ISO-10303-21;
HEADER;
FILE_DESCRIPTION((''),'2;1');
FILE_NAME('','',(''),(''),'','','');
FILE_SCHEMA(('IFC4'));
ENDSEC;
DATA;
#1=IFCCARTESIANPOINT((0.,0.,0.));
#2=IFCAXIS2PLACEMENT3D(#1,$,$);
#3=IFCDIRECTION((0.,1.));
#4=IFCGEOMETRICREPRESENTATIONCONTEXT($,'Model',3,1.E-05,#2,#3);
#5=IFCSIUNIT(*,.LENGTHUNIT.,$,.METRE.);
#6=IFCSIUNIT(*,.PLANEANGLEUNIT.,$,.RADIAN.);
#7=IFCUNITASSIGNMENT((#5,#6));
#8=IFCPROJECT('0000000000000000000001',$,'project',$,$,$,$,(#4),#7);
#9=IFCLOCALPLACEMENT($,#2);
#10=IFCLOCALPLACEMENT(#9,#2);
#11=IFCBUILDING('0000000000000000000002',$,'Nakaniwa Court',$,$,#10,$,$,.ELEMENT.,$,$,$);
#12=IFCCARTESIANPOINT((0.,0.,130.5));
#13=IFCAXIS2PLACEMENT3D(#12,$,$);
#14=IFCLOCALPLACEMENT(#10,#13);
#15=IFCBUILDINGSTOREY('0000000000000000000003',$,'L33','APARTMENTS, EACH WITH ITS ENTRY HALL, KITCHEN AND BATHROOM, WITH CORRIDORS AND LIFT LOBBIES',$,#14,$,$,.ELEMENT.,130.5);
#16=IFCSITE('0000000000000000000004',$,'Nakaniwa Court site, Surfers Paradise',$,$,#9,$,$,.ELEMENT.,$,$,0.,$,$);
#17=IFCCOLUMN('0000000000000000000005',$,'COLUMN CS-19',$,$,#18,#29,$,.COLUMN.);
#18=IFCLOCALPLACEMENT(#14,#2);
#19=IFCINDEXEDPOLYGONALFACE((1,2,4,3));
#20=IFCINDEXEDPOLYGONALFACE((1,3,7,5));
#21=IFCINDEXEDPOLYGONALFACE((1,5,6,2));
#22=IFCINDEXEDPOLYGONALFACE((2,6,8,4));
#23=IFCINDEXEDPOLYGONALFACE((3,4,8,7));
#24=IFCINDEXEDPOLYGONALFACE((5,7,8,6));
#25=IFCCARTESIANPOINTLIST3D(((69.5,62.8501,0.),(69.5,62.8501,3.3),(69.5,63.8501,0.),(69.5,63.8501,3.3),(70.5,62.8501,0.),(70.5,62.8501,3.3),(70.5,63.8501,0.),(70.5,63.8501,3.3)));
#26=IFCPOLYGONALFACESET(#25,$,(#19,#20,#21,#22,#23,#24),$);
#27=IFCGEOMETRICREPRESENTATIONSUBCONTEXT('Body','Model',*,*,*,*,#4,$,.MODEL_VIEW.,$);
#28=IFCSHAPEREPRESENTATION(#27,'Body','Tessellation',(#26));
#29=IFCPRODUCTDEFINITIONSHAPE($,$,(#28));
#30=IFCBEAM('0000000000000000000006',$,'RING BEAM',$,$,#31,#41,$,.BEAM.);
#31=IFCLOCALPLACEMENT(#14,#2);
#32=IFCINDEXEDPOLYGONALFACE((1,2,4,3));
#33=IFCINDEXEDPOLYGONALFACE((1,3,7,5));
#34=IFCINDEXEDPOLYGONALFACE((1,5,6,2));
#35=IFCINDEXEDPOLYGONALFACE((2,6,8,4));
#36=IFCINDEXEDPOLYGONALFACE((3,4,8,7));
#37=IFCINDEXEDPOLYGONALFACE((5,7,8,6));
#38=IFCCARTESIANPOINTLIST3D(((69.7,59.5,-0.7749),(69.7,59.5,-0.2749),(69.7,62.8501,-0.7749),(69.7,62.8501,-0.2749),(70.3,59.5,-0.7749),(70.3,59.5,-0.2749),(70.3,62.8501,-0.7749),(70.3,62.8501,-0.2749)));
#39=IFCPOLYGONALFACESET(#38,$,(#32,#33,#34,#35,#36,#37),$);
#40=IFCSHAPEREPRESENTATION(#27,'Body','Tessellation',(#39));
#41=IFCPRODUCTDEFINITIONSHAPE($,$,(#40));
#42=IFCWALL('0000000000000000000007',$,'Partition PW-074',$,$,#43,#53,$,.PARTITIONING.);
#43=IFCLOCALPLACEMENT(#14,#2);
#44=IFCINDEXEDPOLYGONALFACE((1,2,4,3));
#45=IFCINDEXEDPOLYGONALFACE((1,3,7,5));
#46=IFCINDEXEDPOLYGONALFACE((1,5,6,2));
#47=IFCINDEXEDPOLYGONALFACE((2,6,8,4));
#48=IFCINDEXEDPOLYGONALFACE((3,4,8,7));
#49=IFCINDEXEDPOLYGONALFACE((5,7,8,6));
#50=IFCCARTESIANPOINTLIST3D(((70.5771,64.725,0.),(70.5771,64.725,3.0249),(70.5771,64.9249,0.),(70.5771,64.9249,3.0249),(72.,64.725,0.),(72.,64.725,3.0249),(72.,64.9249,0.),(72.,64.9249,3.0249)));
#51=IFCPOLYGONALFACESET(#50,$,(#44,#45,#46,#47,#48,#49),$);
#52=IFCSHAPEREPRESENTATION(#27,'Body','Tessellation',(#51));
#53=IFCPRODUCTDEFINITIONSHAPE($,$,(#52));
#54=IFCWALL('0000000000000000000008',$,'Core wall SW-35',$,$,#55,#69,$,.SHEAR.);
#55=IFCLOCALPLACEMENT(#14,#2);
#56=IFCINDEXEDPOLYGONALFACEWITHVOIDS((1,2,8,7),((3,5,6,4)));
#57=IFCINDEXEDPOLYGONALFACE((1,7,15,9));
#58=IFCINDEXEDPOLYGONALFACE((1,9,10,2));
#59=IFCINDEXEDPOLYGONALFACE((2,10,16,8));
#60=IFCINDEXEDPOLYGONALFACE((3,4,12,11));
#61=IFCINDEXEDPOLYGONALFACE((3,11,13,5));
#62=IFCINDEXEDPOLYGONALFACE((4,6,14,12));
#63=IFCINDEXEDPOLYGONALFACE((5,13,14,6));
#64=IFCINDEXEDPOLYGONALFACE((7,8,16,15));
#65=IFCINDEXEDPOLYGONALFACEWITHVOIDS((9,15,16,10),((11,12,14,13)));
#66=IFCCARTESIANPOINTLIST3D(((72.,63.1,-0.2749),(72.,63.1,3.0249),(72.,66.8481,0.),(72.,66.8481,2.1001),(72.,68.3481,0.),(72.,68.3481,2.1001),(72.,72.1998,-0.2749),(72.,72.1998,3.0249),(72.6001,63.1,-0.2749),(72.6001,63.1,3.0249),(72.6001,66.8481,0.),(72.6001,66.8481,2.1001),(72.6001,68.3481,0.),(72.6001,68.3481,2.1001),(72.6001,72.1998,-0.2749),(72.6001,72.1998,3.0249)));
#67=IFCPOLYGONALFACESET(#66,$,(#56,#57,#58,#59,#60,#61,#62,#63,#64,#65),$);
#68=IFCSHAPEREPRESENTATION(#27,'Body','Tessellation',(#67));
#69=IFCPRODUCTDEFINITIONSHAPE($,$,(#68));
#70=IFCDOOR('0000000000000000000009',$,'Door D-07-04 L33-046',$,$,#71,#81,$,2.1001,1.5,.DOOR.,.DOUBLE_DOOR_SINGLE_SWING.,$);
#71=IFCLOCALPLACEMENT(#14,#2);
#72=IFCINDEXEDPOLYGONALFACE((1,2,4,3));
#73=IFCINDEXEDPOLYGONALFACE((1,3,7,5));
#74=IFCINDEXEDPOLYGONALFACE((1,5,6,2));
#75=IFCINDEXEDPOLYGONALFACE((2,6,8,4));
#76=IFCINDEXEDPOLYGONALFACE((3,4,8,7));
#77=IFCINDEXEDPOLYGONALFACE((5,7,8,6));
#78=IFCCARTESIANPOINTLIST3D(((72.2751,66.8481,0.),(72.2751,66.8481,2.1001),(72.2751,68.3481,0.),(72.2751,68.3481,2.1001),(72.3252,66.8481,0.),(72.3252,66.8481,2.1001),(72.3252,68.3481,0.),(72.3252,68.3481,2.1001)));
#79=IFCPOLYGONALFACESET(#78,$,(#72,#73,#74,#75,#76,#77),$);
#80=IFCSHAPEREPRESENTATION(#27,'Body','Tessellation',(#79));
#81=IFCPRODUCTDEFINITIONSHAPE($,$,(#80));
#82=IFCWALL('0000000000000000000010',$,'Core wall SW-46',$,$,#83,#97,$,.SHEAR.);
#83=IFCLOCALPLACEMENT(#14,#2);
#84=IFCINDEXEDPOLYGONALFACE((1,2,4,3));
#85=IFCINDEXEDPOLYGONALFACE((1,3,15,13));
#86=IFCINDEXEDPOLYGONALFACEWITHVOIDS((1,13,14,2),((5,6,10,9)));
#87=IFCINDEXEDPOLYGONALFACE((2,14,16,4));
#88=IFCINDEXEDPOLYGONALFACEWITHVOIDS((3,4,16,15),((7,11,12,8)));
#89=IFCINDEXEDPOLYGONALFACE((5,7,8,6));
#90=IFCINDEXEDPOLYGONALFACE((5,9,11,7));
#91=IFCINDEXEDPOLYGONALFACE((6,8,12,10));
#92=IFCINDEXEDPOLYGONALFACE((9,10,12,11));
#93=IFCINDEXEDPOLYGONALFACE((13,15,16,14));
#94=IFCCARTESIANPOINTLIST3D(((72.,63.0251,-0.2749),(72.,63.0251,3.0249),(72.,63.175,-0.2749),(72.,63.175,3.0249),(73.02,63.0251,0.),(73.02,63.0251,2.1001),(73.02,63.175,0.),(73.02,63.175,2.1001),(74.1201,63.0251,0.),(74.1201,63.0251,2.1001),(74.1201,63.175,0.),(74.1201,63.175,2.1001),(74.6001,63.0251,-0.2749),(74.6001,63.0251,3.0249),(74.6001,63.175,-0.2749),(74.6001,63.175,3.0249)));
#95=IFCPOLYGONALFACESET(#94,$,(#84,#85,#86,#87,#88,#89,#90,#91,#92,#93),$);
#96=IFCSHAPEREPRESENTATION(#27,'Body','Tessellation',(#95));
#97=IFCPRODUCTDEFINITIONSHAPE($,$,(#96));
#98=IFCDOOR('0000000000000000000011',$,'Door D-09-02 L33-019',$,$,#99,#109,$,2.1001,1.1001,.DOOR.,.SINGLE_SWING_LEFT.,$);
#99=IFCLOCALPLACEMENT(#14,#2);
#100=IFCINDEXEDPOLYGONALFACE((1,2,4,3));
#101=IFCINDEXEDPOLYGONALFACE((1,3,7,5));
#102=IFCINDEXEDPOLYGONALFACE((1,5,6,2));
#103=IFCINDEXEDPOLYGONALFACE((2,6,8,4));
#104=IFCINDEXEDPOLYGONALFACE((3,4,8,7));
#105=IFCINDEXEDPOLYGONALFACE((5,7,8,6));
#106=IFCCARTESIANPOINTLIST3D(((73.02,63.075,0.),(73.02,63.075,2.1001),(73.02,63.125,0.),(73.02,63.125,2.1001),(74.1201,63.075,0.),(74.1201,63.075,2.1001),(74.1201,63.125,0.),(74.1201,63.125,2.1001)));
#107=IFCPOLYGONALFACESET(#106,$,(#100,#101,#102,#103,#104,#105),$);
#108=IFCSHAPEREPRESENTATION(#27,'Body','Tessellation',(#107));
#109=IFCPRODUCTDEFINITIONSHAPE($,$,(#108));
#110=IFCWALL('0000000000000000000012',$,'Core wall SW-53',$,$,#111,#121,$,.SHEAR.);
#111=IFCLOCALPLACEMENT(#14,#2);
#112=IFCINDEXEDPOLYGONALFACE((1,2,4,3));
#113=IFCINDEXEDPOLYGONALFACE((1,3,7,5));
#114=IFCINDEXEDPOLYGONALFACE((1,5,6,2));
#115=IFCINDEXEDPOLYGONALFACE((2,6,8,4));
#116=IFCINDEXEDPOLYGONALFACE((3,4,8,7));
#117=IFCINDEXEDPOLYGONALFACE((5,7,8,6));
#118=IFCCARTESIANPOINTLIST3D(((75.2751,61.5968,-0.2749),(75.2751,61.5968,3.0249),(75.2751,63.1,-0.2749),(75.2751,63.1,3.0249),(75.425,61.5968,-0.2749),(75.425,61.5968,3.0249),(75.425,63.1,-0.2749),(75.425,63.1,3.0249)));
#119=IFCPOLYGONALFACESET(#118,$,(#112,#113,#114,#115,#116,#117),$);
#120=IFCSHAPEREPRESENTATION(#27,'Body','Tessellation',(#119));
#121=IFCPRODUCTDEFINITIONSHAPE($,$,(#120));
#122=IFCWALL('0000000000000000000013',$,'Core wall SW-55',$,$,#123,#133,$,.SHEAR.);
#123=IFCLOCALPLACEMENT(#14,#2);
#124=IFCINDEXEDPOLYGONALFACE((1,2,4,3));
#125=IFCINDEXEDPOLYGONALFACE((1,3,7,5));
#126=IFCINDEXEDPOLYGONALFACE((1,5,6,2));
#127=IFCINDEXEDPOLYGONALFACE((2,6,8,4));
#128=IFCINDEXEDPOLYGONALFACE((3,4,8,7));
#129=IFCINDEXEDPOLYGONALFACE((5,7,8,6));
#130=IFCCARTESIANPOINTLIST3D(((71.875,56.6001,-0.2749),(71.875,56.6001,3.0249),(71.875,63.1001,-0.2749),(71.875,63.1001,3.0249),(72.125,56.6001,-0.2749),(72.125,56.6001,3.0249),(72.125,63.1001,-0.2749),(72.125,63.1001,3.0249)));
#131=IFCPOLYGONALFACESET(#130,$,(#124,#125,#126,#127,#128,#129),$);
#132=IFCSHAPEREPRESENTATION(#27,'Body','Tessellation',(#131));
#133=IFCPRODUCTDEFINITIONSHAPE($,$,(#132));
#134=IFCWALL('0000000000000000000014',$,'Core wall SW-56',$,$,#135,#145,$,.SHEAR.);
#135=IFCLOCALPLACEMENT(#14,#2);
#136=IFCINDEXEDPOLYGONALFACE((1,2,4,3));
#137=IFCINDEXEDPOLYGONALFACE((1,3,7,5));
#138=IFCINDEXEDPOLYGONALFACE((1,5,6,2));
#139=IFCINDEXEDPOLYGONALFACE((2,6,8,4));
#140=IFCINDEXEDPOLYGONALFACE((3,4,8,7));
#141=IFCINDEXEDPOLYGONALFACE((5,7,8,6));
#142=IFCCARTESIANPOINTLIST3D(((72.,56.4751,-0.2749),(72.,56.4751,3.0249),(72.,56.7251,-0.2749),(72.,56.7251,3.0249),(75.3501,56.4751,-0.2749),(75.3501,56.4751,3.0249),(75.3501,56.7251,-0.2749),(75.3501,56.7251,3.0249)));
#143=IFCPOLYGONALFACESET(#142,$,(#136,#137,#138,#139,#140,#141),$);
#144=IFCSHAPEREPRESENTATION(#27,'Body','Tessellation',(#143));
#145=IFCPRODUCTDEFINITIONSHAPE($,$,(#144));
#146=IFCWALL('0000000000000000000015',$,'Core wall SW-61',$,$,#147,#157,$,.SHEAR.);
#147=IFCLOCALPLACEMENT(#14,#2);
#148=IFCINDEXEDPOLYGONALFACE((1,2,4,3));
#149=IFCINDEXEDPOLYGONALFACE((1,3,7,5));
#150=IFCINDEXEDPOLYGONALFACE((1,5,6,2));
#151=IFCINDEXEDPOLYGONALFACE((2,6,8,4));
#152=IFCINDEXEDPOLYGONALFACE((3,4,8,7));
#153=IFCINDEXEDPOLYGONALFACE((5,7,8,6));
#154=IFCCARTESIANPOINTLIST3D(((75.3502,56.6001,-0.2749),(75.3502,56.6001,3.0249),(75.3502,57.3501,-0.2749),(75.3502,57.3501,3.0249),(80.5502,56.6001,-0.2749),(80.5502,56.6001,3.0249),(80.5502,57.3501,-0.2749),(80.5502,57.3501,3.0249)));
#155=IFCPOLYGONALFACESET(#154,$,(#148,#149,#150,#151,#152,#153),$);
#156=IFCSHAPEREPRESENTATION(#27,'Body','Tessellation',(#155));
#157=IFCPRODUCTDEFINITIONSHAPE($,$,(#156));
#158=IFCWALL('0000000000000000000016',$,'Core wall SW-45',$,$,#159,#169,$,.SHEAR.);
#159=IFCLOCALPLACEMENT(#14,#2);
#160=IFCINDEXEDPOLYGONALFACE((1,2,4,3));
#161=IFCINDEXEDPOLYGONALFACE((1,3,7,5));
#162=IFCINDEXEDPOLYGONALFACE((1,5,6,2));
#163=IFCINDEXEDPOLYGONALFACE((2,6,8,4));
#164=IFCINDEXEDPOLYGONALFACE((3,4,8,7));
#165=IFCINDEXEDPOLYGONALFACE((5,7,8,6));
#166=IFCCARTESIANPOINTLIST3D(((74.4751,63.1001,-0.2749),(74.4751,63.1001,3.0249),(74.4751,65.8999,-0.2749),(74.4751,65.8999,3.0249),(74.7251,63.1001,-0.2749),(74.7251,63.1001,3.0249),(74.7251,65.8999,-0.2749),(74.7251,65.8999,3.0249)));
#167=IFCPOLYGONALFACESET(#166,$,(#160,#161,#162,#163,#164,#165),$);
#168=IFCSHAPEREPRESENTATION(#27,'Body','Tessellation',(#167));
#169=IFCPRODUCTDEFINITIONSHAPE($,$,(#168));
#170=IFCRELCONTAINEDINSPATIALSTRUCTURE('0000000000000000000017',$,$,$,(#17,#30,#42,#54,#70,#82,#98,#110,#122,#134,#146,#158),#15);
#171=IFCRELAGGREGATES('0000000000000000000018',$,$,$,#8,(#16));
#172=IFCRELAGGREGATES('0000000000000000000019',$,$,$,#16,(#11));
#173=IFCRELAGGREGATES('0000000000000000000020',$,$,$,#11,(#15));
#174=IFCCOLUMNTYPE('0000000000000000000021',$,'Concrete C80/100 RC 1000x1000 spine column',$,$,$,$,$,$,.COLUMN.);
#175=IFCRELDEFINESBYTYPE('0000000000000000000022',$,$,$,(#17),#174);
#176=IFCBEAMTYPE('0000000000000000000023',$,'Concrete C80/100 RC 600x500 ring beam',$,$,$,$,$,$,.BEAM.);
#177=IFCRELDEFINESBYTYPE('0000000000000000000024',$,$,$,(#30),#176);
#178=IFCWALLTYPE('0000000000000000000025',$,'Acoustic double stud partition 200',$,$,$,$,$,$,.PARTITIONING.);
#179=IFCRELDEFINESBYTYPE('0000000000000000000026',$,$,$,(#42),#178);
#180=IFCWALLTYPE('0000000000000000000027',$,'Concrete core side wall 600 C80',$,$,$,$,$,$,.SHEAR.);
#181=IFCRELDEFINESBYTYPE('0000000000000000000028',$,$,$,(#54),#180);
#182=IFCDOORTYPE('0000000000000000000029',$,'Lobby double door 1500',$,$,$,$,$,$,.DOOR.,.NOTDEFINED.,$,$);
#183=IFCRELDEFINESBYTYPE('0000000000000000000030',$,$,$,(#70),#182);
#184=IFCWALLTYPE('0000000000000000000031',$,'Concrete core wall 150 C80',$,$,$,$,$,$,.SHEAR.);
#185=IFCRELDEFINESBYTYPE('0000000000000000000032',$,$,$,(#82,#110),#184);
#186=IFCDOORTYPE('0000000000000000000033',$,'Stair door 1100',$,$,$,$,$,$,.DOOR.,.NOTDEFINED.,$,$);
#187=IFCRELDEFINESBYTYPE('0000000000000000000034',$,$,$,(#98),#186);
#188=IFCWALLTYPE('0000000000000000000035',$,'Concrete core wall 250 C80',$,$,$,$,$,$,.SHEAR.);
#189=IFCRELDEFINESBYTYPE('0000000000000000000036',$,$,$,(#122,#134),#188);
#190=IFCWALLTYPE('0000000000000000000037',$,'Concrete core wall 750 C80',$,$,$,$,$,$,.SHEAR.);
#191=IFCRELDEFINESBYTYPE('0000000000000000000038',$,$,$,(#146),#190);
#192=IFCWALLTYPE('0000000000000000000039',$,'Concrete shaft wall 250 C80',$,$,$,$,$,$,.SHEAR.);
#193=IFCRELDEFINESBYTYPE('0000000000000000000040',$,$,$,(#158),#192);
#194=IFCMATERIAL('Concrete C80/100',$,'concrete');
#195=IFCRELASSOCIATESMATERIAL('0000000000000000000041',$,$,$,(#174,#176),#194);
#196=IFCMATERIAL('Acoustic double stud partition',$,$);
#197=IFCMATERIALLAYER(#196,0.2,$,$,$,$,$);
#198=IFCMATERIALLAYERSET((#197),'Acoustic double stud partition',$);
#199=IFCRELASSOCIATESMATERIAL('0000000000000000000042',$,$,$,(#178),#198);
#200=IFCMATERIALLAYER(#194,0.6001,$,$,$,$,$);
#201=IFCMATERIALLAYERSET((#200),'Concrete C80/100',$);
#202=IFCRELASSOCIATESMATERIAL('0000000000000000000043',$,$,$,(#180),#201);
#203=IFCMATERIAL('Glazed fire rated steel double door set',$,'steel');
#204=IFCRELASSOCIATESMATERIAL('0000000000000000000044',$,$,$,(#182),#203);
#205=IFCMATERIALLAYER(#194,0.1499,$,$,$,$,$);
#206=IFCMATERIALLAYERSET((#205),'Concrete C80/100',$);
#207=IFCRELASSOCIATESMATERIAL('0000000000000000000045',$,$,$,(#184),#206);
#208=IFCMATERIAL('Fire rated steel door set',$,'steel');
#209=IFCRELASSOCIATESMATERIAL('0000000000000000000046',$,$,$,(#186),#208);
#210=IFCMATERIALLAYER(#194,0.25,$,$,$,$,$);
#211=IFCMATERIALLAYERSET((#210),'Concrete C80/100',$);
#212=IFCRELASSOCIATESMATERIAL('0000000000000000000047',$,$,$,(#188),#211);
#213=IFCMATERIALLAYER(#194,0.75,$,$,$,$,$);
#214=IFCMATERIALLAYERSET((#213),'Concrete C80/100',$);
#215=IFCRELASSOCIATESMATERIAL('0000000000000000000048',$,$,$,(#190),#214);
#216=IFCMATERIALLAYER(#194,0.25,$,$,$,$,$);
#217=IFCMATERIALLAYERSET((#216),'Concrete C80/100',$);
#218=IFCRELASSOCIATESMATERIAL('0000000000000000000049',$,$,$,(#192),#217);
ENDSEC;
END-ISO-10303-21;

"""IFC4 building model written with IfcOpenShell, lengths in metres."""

from ifc_helpers import new_model, si_unit, direction, frame, frame_2d, origin, origin_2d, place, context, subcontext, project, spatial, rectangle, extrude, material, layer, layer_set, material_profile, profile_set, type_object, element, fill, save


model = new_model("IFC4")

# Units and contexts
model_context = context("Model", 3, precision=1e-05, world=origin(), true_north=direction((0.0, 1.0)))
body_context = subcontext(model_context, "Body", "Model", "MODEL_VIEW")
ifc_project = project(units=[si_unit("LENGTHUNIT", "METRE"), si_unit("PLANEANGLEUNIT", "RADIAN")], contexts=[model_context])

# Site, building, storey
site_placement = place(None, origin())
site = spatial("IfcSite", under=ifc_project, at=site_placement, Name="Nakaniwa Court site, Surfers Paradise", CompositionType="ELEMENT", RefElevation=0.0)
building_placement = place(site_placement, origin())
building = spatial("IfcBuilding", under=site, at=building_placement, Name="Nakaniwa Court", CompositionType="ELEMENT")
storey_placement = place(building_placement, frame((0.0, 0.0, 130.5)))
storey = spatial("IfcBuildingStorey", under=building, at=storey_placement, Name="L33", Description="APARTMENTS, EACH WITH ITS ENTRY HALL, KITCHEN AND BATHROOM, WITH CORRIDORS AND LIFT LOBBIES", CompositionType="ELEMENT", Elevation=130.5)

# Column
ifc_material_1 = material(Name="Concrete C80/100", Category="concrete")
ifc_material_profile_1 = material_profile(ifc_material_1, rectangle(XDim=1.0, YDim=1.0, at=origin_2d()), Name="Concrete C80/100 RC 1000x1000 spine column")
ifc_profile_set_1 = profile_set([ifc_material_profile_1], Name="Concrete C80/100")
column_type = type_object("IfcColumnType", Name="Concrete C80/100 RC 1000x1000 spine column", PredefinedType="COLUMN", material=ifc_profile_set_1)
column_placement = place(storey_placement, frame((70.0, 63.3501, 0.0), z_axis=(0.0, 0.0, 1.0), x_axis=(0.0, -1.0, 0.0)))
element("IfcColumn", 1, at=column_placement, inside=storey, type_object=column_type, Name="COLUMN CS-19", PredefinedType="COLUMN", context=body_context, shape_type="SweptSolid", body=[
    extrude(rectangle(XDim=1.0, YDim=1.0, at=origin_2d()), origin(), (0.0, 0.0, 1.0), 3.3),
])

# Beam
ifc_material_profile_2 = material_profile(ifc_material_1, rectangle(XDim=0.6001, YDim=0.5, at=origin_2d()), Name="Concrete C80/100 RC 600x500 ring beam")
ifc_profile_set_2 = profile_set([ifc_material_profile_2], Name="Concrete C80/100")
beam_type = type_object("IfcBeamType", Name="Concrete C80/100 RC 600x500 ring beam", PredefinedType="BEAM", material=ifc_profile_set_2)
beam_placement = place(storey_placement, frame((70.0, 62.8501, -0.5249), z_axis=(0.0, -1.0, 0.0), x_axis=(1.0, 0.0, 0.0)))
element("IfcBeam", 2, at=beam_placement, inside=storey, type_object=beam_type, Name="RING BEAM", PredefinedType="BEAM", context=body_context, shape_type="SweptSolid", body=[
    extrude(rectangle(XDim=0.6001, YDim=0.5, at=origin_2d()), origin(), (0.0, 0.0, 1.0), 3.3501),
])

# Wall
ifc_material_2 = material(Name="Acoustic double stud partition")
ifc_layer_1 = layer(ifc_material_2, 0.2)
ifc_layer_set_1 = layer_set([ifc_layer_1], Name="Acoustic double stud partition")
wall_type_1 = type_object("IfcWallType", Name="Acoustic double stud partition 200", PredefinedType="PARTITIONING", material=ifc_layer_set_1)
wall_1_placement = place(storey_placement, frame((70.5771, 64.825, 0.0), z_axis=(0.0, 0.0, 1.0), x_axis=(1.0, 0.0, 0.0)))
element("IfcWall", 3, at=wall_1_placement, inside=storey, type_object=wall_type_1, Name="Partition PW-074", PredefinedType="PARTITIONING", context=body_context, shape_type="SweptSolid", body=[
    extrude(rectangle(XDim=1.4229, YDim=0.2, at=frame_2d((0.7114, 0.0))), origin(), (0.0, 0.0, 1.0), 3.0249),
])

# Walls, openings, doors
ifc_layer_2 = layer(ifc_material_1, 0.6001)
ifc_layer_set_2 = layer_set([ifc_layer_2], Name="Concrete C80/100")
wall_type_2 = type_object("IfcWallType", Name="Concrete core side wall 600 C80", PredefinedType="SHEAR", material=ifc_layer_set_2)
wall_2_placement = place(storey_placement, frame((72.3, 63.1001, -0.2749), z_axis=(0.0, 0.0, 1.0), x_axis=(0.0, 1.0, 0.0)))
wall_2 = element("IfcWall", 4, at=wall_2_placement, inside=storey, type_object=wall_type_2, Name="Core wall SW-35", PredefinedType="SHEAR", context=body_context, shape_type="SweptSolid", body=[
    extrude(rectangle(XDim=9.0999, YDim=0.6001, at=frame_2d((4.5498, 0.0))), origin(), (0.0, 0.0, 1.0), 3.2998),
])
opening_1_placement = place(wall_2_placement, frame((3.748, 0.0, 0.2749)))
opening_1 = element("IfcOpeningElement", 5, at=opening_1_placement, cuts=wall_2, PredefinedType="OPENING", context=body_context, shape_type="SweptSolid", body=[
    extrude(rectangle(XDim=1.5, YDim=2.1001, at=frame_2d((0.75, 1.05))), frame((0.0, 0.3101, 0.0), z_axis=(0.0, -1.0, 0.0), x_axis=(1.0, 0.0, 0.0)), (0.0, 0.0, 1.0), 0.6201),
])
ifc_material_3 = material(Name="Glazed fire rated steel double door set", Category="steel")
door_type_1 = type_object("IfcDoorType", Name="Lobby double door 1500", OperationType="NOTDEFINED", PredefinedType="DOOR", material=ifc_material_3)
door_1_placement = place(opening_1_placement, origin())
door_1 = element("IfcDoor", 6, at=door_1_placement, inside=storey, type_object=door_type_1, Name="Door D-07-04 L33-046", OperationType="DOUBLE_DOOR_SINGLE_SWING", OverallHeight=2.1001, OverallWidth=1.5, PredefinedType="DOOR", context=body_context, shape_type="SweptSolid", body=[
    extrude(rectangle(XDim=1.5, YDim=2.1001, at=frame_2d((0.75, 1.05))), frame((0.0, 0.0249, 0.0), z_axis=(0.0, -1.0, 0.0), x_axis=(1.0, 0.0, 0.0)), (0.0, 0.0, 1.0), 0.05),
])
fill(opening_1, door_1)
ifc_layer_3 = layer(ifc_material_1, 0.1499)
ifc_layer_set_3 = layer_set([ifc_layer_3], Name="Concrete C80/100")
wall_type_3 = type_object("IfcWallType", Name="Concrete core wall 150 C80", PredefinedType="SHEAR", material=ifc_layer_set_3)
wall_3_placement = place(storey_placement, frame((72.0, 63.1001, -0.2749), z_axis=(0.0, 0.0, 1.0), x_axis=(1.0, 0.0, 0.0)))
wall_3 = element("IfcWall", 7, at=wall_3_placement, inside=storey, type_object=wall_type_3, Name="Core wall SW-46", PredefinedType="SHEAR", context=body_context, shape_type="SweptSolid", body=[
    extrude(rectangle(XDim=2.6001, YDim=0.1499, at=frame_2d((1.3, 0.0))), origin(), (0.0, 0.0, 1.0), 3.2998),
])
opening_2_placement = place(wall_3_placement, frame((1.02, 0.0, 0.2749)))
opening_2 = element("IfcOpeningElement", 8, at=opening_2_placement, cuts=wall_3, PredefinedType="OPENING", context=body_context, shape_type="SweptSolid", body=[
    extrude(rectangle(XDim=1.1001, YDim=2.1001, at=frame_2d((0.55, 1.05))), frame((0.0, 0.085, 0.0), z_axis=(0.0, -1.0, 0.0), x_axis=(1.0, 0.0, 0.0)), (0.0, 0.0, 1.0), 0.1699),
])
ifc_material_4 = material(Name="Fire rated steel door set", Category="steel")
door_type_2 = type_object("IfcDoorType", Name="Stair door 1100", OperationType="NOTDEFINED", PredefinedType="DOOR", material=ifc_material_4)
door_2_placement = place(opening_2_placement, origin())
door_2 = element("IfcDoor", 9, at=door_2_placement, inside=storey, type_object=door_type_2, Name="Door D-09-02 L33-019", OperationType="SINGLE_SWING_LEFT", OverallHeight=2.1001, OverallWidth=1.1001, PredefinedType="DOOR", context=body_context, shape_type="SweptSolid", body=[
    extrude(rectangle(XDim=1.1001, YDim=2.1001, at=frame_2d((0.55, 1.05))), frame((0.0, 0.0249, 0.0), z_axis=(0.0, -1.0, 0.0), x_axis=(1.0, 0.0, 0.0)), (0.0, 0.0, 1.0), 0.05),
])
fill(opening_2, door_2)

# Walls
wall_4_placement = place(storey_placement, frame((75.3501, 61.5969, -0.2749), z_axis=(0.0, 0.0, 1.0), x_axis=(0.0, 1.0, 0.0)))
element("IfcWall", 10, at=wall_4_placement, inside=storey, type_object=wall_type_3, Name="Core wall SW-53", PredefinedType="SHEAR", context=body_context, shape_type="SweptSolid", body=[
    extrude(rectangle(XDim=1.5032, YDim=0.1499, at=frame_2d((0.7515, 0.0))), origin(), (0.0, 0.0, 1.0), 3.2998),
])
ifc_layer_4 = layer(ifc_material_1, 0.25)
ifc_layer_set_4 = layer_set([ifc_layer_4], Name="Concrete C80/100")
wall_type_4 = type_object("IfcWallType", Name="Concrete core wall 250 C80", PredefinedType="SHEAR", material=ifc_layer_set_4)
wall_5_placement = place(storey_placement, frame((72.0, 56.6001, -0.2749), z_axis=(0.0, 0.0, 1.0), x_axis=(0.0, 1.0, 0.0)))
element("IfcWall", 11, at=wall_5_placement, inside=storey, type_object=wall_type_4, Name="Core wall SW-55", PredefinedType="SHEAR", context=body_context, shape_type="SweptSolid", body=[
    extrude(rectangle(XDim=6.5, YDim=0.25, at=frame_2d((3.25, 0.0))), origin(), (0.0, 0.0, 1.0), 3.2998),
])
wall_6_placement = place(storey_placement, frame((72.0, 56.6001, -0.2749), z_axis=(0.0, 0.0, 1.0), x_axis=(1.0, 0.0, 0.0)))
element("IfcWall", 12, at=wall_6_placement, inside=storey, type_object=wall_type_4, Name="Core wall SW-56", PredefinedType="SHEAR", context=body_context, shape_type="SweptSolid", body=[
    extrude(rectangle(XDim=3.3501, YDim=0.25, at=frame_2d((1.675, 0.0))), origin(), (0.0, 0.0, 1.0), 3.2998),
])
ifc_layer_5 = layer(ifc_material_1, 0.75)
ifc_layer_set_5 = layer_set([ifc_layer_5], Name="Concrete C80/100")
wall_type_5 = type_object("IfcWallType", Name="Concrete core wall 750 C80", PredefinedType="SHEAR", material=ifc_layer_set_5)
wall_7_placement = place(storey_placement, frame((75.3501, 56.9751, -0.2749), z_axis=(0.0, 0.0, 1.0), x_axis=(1.0, 0.0, 0.0)))
element("IfcWall", 13, at=wall_7_placement, inside=storey, type_object=wall_type_5, Name="Core wall SW-61", PredefinedType="SHEAR", context=body_context, shape_type="SweptSolid", body=[
    extrude(rectangle(XDim=5.2, YDim=0.75, at=frame_2d((2.6001, 0.0))), origin(), (0.0, 0.0, 1.0), 3.2998),
])
ifc_layer_6 = layer(ifc_material_1, 0.25)
ifc_layer_set_6 = layer_set([ifc_layer_6], Name="Concrete C80/100")
wall_type_6 = type_object("IfcWallType", Name="Concrete shaft wall 250 C80", PredefinedType="SHEAR", material=ifc_layer_set_6)
wall_8_placement = place(storey_placement, frame((74.6001, 63.1001, -0.2749), z_axis=(0.0, 0.0, 1.0), x_axis=(0.0, 1.0, 0.0)))
element("IfcWall", 14, at=wall_8_placement, inside=storey, type_object=wall_type_6, Name="Core wall SW-45", PredefinedType="SHEAR", context=body_context, shape_type="SweptSolid", body=[
    extrude(rectangle(XDim=2.7998, YDim=0.25, at=frame_2d((1.3999, 0.0))), origin(), (0.0, 0.0, 1.0), 3.2998),
])

save(model, "model.ifc")
